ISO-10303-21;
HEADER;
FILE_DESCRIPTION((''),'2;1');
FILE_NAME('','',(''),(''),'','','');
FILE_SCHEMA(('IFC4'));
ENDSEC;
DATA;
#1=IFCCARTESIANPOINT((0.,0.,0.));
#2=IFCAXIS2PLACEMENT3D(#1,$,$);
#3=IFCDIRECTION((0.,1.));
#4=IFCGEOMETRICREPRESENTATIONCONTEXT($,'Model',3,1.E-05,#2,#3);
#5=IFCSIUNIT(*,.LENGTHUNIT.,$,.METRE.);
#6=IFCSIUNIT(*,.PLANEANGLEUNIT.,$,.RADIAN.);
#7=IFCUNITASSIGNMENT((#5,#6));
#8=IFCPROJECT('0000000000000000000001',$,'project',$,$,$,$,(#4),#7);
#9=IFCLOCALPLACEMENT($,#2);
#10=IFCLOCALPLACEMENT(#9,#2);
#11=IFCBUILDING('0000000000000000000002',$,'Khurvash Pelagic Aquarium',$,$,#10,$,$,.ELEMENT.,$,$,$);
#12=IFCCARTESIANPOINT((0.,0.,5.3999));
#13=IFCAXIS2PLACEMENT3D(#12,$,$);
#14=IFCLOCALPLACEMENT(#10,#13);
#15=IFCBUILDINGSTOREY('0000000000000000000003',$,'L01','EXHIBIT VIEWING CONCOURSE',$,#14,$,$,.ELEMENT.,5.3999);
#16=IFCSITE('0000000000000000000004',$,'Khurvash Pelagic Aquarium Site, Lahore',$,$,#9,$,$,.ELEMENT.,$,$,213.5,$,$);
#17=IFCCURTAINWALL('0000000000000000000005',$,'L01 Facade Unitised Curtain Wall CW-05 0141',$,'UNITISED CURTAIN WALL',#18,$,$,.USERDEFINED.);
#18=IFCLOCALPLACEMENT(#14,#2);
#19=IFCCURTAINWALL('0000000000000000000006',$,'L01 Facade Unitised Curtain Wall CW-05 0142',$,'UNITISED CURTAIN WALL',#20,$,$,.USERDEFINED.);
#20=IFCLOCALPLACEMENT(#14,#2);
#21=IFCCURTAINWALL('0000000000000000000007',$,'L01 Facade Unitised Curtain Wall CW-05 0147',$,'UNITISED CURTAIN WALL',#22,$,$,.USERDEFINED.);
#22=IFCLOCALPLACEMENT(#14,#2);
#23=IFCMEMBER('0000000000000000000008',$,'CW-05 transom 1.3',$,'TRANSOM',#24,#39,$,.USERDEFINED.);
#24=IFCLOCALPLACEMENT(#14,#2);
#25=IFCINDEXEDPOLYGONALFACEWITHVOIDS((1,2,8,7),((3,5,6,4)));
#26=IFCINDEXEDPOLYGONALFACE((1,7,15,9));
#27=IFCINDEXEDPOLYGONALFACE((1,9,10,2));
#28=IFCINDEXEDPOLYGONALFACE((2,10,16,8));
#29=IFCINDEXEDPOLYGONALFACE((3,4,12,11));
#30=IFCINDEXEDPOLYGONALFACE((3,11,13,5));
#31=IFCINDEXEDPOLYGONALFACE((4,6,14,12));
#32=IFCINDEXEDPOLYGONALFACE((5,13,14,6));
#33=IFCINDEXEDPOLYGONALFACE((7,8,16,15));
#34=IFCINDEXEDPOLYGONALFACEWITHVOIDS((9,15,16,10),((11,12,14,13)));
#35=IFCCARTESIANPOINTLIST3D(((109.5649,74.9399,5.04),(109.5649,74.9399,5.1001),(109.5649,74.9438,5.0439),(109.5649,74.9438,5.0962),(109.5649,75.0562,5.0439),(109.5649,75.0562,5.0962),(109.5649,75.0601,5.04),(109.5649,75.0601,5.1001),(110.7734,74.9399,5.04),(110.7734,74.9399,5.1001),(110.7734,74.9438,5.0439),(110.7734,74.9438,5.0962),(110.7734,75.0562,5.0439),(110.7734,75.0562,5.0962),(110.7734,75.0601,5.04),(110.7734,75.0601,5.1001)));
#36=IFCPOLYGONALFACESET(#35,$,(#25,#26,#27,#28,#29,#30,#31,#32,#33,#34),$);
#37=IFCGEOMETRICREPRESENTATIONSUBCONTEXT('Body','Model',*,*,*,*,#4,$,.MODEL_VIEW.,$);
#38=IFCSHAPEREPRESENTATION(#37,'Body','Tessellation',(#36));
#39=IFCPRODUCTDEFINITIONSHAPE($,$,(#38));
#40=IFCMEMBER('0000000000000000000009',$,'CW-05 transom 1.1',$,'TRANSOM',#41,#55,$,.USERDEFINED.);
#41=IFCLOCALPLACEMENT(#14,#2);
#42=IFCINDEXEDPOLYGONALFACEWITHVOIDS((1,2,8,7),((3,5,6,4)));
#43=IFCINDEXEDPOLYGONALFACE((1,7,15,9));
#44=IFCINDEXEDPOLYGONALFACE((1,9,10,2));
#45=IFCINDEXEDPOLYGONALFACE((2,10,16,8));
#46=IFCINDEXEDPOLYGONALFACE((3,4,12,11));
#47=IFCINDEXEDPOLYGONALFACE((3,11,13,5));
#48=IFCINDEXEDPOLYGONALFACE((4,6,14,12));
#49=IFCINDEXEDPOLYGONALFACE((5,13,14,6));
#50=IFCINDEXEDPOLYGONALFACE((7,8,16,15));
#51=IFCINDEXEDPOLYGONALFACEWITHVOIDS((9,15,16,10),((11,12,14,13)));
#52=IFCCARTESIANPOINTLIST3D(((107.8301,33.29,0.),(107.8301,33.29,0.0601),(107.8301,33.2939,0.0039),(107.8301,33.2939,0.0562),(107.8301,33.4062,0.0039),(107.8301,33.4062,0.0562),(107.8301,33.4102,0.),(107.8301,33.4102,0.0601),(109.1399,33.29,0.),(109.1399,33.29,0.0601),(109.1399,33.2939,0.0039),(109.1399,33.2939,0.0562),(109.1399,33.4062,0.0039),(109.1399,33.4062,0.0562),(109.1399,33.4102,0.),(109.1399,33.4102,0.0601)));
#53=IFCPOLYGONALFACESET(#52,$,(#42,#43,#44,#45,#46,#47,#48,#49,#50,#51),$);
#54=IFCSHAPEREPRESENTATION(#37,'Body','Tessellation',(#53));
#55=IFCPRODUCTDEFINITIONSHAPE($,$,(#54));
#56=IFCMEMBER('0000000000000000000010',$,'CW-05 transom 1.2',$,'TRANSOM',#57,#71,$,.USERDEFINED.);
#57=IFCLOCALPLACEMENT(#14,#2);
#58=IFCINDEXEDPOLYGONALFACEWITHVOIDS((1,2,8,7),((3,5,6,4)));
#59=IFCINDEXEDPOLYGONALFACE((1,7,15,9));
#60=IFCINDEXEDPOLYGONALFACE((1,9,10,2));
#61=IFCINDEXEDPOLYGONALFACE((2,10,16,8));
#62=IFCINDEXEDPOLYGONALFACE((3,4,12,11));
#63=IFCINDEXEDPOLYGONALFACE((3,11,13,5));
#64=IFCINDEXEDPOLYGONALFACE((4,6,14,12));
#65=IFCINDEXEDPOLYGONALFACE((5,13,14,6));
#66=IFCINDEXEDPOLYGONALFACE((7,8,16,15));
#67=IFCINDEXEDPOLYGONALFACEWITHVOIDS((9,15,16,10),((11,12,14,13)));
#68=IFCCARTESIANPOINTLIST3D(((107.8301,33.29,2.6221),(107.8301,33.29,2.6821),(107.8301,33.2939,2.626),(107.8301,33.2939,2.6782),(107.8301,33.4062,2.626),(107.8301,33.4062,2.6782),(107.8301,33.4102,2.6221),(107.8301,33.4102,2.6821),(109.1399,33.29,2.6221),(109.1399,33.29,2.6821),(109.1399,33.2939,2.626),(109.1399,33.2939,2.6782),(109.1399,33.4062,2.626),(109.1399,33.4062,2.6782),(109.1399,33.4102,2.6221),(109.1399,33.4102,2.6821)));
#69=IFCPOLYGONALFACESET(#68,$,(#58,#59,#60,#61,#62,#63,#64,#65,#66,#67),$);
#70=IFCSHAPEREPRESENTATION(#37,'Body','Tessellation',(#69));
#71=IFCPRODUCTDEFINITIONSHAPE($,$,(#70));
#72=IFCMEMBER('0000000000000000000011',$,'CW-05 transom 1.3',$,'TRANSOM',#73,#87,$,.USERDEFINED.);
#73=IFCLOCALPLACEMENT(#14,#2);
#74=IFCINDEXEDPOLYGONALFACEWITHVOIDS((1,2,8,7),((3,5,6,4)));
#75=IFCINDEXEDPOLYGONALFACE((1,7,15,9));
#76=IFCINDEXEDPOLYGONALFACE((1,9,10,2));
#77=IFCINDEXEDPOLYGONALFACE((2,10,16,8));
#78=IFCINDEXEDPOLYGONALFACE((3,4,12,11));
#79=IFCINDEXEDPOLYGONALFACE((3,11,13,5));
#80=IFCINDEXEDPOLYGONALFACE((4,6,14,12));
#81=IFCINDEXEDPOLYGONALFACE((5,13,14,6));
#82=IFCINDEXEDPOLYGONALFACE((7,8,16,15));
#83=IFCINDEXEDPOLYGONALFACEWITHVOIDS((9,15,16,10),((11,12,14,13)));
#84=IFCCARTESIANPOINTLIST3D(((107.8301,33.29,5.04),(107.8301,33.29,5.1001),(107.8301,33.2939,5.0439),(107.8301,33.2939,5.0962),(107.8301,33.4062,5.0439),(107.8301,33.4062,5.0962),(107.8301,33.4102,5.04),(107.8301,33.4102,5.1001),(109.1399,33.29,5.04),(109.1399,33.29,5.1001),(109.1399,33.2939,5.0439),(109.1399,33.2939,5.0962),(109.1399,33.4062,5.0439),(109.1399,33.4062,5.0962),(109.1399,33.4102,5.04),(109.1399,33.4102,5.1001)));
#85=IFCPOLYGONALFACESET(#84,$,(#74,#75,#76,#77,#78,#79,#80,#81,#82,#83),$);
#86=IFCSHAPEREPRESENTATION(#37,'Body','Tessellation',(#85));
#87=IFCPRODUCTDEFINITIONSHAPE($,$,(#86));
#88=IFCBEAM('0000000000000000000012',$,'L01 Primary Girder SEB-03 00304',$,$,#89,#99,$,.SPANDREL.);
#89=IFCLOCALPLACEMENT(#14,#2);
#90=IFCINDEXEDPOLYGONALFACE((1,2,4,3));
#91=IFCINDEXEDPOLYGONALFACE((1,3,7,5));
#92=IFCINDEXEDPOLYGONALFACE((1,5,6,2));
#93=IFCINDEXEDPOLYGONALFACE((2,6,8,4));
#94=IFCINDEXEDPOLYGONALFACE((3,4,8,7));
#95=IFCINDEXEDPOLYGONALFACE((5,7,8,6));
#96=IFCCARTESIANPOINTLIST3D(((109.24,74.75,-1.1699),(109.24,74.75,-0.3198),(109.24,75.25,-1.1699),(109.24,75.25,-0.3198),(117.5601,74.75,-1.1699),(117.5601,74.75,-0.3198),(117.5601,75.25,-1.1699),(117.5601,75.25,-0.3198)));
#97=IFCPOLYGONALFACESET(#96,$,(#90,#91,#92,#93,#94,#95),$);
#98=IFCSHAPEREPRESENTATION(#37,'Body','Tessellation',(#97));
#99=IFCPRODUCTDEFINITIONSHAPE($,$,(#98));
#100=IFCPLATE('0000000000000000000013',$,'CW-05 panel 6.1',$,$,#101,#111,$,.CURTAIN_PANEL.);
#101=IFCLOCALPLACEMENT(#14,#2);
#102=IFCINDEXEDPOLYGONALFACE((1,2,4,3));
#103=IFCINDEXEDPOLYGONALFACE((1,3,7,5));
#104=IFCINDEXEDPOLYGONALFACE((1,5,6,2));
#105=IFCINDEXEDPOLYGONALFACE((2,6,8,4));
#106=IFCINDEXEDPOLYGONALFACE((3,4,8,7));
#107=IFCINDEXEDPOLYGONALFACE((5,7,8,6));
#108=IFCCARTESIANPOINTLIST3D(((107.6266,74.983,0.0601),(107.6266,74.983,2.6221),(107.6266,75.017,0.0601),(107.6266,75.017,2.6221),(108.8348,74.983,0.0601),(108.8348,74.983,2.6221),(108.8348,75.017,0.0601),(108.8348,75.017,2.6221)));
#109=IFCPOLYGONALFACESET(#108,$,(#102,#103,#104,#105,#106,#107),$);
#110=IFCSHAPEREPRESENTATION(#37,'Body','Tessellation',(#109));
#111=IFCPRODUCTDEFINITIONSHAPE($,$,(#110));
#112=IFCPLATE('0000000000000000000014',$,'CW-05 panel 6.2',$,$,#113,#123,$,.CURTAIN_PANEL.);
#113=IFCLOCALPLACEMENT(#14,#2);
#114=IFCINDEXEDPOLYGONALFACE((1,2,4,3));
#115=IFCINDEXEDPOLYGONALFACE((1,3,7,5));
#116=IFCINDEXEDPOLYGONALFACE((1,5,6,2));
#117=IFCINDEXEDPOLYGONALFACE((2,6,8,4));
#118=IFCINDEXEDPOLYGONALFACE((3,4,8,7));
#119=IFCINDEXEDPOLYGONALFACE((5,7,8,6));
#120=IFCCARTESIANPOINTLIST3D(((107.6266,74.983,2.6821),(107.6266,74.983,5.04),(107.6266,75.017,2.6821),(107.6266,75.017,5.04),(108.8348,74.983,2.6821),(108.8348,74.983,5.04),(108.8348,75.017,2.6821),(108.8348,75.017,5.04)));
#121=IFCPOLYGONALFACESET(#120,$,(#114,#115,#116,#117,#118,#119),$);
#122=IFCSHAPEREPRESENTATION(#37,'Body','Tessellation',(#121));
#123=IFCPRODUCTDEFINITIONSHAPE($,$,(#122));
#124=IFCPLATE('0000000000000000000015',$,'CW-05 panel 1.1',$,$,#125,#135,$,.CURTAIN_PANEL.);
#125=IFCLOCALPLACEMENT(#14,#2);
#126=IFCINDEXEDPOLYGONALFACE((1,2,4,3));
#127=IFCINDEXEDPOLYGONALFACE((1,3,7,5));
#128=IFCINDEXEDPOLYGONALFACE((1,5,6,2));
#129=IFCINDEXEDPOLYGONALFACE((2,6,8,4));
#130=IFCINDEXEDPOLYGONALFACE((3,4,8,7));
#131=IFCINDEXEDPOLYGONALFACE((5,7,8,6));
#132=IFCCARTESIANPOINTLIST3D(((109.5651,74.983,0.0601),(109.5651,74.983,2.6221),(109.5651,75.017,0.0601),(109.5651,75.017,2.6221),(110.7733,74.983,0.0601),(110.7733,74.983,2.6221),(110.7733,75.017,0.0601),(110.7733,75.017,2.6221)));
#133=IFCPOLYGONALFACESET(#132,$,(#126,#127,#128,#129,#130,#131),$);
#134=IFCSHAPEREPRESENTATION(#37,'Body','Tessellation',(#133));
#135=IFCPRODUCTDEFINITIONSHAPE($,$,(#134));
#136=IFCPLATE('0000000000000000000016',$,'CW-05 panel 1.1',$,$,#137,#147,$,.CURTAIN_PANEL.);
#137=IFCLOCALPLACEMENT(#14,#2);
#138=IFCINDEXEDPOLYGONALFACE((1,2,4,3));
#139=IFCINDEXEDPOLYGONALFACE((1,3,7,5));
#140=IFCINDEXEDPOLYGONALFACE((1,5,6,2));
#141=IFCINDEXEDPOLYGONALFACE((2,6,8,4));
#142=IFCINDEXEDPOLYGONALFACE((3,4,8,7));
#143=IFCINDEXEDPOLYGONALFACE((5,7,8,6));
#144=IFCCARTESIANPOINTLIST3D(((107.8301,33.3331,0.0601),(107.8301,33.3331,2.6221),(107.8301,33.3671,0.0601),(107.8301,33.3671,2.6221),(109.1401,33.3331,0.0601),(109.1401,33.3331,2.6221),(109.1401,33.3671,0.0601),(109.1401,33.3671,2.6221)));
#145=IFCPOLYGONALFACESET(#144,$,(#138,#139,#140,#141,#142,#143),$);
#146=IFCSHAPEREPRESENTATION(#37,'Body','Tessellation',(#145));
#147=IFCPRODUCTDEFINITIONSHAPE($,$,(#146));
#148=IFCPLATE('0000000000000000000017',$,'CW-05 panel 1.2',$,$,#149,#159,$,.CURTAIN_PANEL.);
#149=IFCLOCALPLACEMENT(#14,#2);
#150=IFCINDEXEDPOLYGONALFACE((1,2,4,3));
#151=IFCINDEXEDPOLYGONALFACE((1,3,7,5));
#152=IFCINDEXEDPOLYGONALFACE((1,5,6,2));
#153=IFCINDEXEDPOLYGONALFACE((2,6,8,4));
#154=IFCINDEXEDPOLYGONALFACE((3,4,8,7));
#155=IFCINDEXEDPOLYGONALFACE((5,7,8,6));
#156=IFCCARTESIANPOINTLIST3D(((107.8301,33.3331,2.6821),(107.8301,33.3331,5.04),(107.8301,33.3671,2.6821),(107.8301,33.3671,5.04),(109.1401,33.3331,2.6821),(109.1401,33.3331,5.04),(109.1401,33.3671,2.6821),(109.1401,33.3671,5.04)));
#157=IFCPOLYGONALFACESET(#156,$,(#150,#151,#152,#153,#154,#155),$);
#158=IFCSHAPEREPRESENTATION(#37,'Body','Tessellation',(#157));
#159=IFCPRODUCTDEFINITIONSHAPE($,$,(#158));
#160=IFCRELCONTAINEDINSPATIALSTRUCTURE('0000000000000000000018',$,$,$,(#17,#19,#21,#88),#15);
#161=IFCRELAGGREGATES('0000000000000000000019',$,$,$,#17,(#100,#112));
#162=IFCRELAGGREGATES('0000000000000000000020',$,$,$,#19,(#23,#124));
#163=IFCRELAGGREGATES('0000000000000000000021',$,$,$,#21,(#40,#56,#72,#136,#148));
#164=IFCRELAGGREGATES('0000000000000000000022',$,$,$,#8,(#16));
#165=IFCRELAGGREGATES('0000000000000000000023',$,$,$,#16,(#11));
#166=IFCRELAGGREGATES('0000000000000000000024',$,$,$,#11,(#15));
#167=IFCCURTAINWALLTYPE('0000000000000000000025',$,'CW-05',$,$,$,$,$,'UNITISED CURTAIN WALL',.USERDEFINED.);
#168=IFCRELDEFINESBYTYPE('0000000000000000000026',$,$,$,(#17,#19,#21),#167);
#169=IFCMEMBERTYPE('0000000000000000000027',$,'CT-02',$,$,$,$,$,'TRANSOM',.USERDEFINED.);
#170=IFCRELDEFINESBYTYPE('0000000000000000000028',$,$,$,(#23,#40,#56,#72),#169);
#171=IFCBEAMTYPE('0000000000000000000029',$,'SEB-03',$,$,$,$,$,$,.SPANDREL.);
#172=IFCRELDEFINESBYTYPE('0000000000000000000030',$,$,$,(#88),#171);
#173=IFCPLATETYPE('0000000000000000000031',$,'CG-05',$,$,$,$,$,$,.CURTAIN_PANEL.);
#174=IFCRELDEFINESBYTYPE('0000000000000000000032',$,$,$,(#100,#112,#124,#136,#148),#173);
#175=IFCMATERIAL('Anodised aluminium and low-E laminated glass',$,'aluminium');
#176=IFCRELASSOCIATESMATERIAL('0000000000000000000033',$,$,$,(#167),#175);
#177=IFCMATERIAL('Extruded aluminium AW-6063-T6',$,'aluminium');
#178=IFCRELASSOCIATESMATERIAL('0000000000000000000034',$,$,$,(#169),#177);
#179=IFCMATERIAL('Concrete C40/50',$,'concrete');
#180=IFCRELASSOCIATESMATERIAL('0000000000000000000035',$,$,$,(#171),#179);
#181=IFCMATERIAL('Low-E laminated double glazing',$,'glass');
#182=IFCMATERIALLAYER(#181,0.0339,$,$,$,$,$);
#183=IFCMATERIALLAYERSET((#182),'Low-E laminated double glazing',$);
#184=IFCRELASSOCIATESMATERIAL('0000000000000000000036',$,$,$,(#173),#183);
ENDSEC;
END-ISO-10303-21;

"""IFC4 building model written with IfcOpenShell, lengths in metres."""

from ifc_helpers import new_model, si_unit, direction, frame, origin, origin_2d, place, context, subcontext, project, spatial, rectangle, hollow_rectangle, extrude, material, layer, layer_set, material_profile, profile_set, type_object, element, aggregate, save


model = new_model("IFC4")

# Units and contexts
model_context = context("Model", 3, precision=1e-05, world=origin(), true_north=direction((0.0, 1.0)))
body_context = subcontext(model_context, "Body", "Model", "MODEL_VIEW")
ifc_project = project(units=[si_unit("LENGTHUNIT", "METRE"), si_unit("PLANEANGLEUNIT", "RADIAN")], contexts=[model_context])

# Site, building, storey
site_placement = place(None, origin())
site = spatial("IfcSite", under=ifc_project, at=site_placement, Name="Khurvash Pelagic Aquarium Site, Lahore", CompositionType="ELEMENT", RefElevation=213.5)
building_placement = place(site_placement, origin())
building = spatial("IfcBuilding", under=site, at=building_placement, Name="Khurvash Pelagic Aquarium", CompositionType="ELEMENT")
storey_placement = place(building_placement, frame((0.0, 0.0, 5.3999)))
storey = spatial("IfcBuildingStorey", under=building, at=storey_placement, Name="L01", Description="EXHIBIT VIEWING CONCOURSE", CompositionType="ELEMENT", Elevation=5.3999)

# Shared definitions
ifc_material_1 = material(Name="Concrete C40/50", Category="concrete")

# Curtain wall
ifc_material_2 = material(Name="Anodised aluminium and low-E laminated glass", Category="aluminium")
curtain_wall_type = type_object("IfcCurtainWallType", Name="CW-05", ElementType="UNITISED CURTAIN WALL", PredefinedType="USERDEFINED", material=ifc_material_2)
curtain_wall_1_placement = place(storey_placement, origin())
curtain_wall_1 = element("IfcCurtainWall", 1, at=curtain_wall_1_placement, inside=storey, type_object=curtain_wall_type, Name="L01 Facade Unitised Curtain Wall CW-05 0141", ObjectType="UNITISED CURTAIN WALL", PredefinedType="USERDEFINED")
ifc_material_3 = material(Name="Extruded aluminium AW-6063-T6", Category="aluminium")

# Curtain wall
curtain_wall_2_placement = place(storey_placement, origin())
curtain_wall_2 = element("IfcCurtainWall", 2, at=curtain_wall_2_placement, inside=storey, type_object=curtain_wall_type, Name="L01 Facade Unitised Curtain Wall CW-05 0142", ObjectType="UNITISED CURTAIN WALL", PredefinedType="USERDEFINED")

# Curtain wall
curtain_wall_3_placement = place(storey_placement, origin())
curtain_wall_3 = element("IfcCurtainWall", 3, at=curtain_wall_3_placement, inside=storey, type_object=curtain_wall_type, Name="L01 Facade Unitised Curtain Wall CW-05 0147", ObjectType="UNITISED CURTAIN WALL", PredefinedType="USERDEFINED")

# Members
ifc_material_profile_1 = material_profile(ifc_material_3, hollow_rectangle(XDim=0.1201, YDim=0.0601, WallThickness=0.0039, at=origin_2d()), Name="CWT120X60X4")
ifc_profile_set_1 = profile_set([ifc_material_profile_1], Name="Extruded aluminium AW-6063-T6")
member_type_1 = type_object("IfcMemberType", Name="CT-02", ElementType="TRANSOM", PredefinedType="USERDEFINED", material=ifc_profile_set_1)
member_1_placement = place(storey_placement, frame((109.5649, 75.0, 5.0701), z_axis=(1.0, 0.0, 0.0), x_axis=(0.0, 1.0, 0.0)))
member_1 = element("IfcMember", 4, at=member_1_placement, type_object=member_type_1, Name="CW-05 transom 1.3", ObjectType="TRANSOM", PredefinedType="USERDEFINED", context=body_context, shape_type="SweptSolid", body=[
    extrude(hollow_rectangle(XDim=0.1201, YDim=0.0601, WallThickness=0.0039, at=origin_2d()), origin(), (0.0, 0.0, 1.0), 1.2085),
])
member_2_placement = place(storey_placement, frame((109.1399, 33.3501, 0.03), z_axis=(-1.0, 0.0, 0.0), x_axis=(0.0, -1.0, 0.0)))
member_2 = element("IfcMember", 5, at=member_2_placement, type_object=member_type_1, Name="CW-05 transom 1.1", ObjectType="TRANSOM", PredefinedType="USERDEFINED", context=body_context, shape_type="SweptSolid", body=[
    extrude(hollow_rectangle(XDim=0.1201, YDim=0.0601, WallThickness=0.0039, at=origin_2d()), origin(), (0.0, 0.0, 1.0), 1.3098),
])
member_3_placement = place(storey_placement, frame((109.1399, 33.3501, 2.6521), z_axis=(-1.0, 0.0, 0.0), x_axis=(0.0, -1.0, 0.0)))
member_3 = element("IfcMember", 6, at=member_3_placement, type_object=member_type_1, Name="CW-05 transom 1.2", ObjectType="TRANSOM", PredefinedType="USERDEFINED", context=body_context, shape_type="SweptSolid", body=[
    extrude(hollow_rectangle(XDim=0.1201, YDim=0.0601, WallThickness=0.0039, at=origin_2d()), origin(), (0.0, 0.0, 1.0), 1.3098),
])
member_4_placement = place(storey_placement, frame((109.1399, 33.3501, 5.0701), z_axis=(-1.0, 0.0, 0.0), x_axis=(0.0, -1.0, 0.0)))
member_4 = element("IfcMember", 7, at=member_4_placement, type_object=member_type_1, Name="CW-05 transom 1.3", ObjectType="TRANSOM", PredefinedType="USERDEFINED", context=body_context, shape_type="SweptSolid", body=[
    extrude(hollow_rectangle(XDim=0.1201, YDim=0.0601, WallThickness=0.0039, at=origin_2d()), origin(), (0.0, 0.0, 1.0), 1.3098),
])

# Beam
ifc_material_profile_2 = material_profile(ifc_material_1, rectangle(XDim=0.5, YDim=0.8501, at=origin_2d()), Name="RC500X850")
ifc_profile_set_2 = profile_set([ifc_material_profile_2], Name="Concrete C40/50")
beam_type = type_object("IfcBeamType", Name="SEB-03", PredefinedType="SPANDREL", material=ifc_profile_set_2)
beam_placement = place(storey_placement, frame((109.24, 75.0, -0.7449), z_axis=(1.0, 0.0, 0.0), x_axis=(0.0, 1.0, 0.0)))
element("IfcBeam", 8, at=beam_placement, inside=storey, type_object=beam_type, Name="L01 Primary Girder SEB-03 00304", PredefinedType="SPANDREL", context=body_context, shape_type="SweptSolid", body=[
    extrude(rectangle(XDim=0.5, YDim=0.8501, at=origin_2d()), origin(), (0.0, 0.0, 1.0), 8.3201),
])

# Plates
ifc_material_4 = material(Name="Low-E laminated double glazing", Category="glass")
ifc_layer = layer(ifc_material_4, 0.0339)
ifc_layer_set = layer_set([ifc_layer], Name="Low-E laminated double glazing")
plate_type = type_object("IfcPlateType", Name="CG-05", PredefinedType="CURTAIN_PANEL", material=ifc_layer_set)
plate_1_placement = place(storey_placement, frame((108.2307, 75.0, 0.0601), z_axis=(0.0, 0.0, 1.0), x_axis=(1.0, 0.0, 0.0)))
plate_1 = element("IfcPlate", 9, at=plate_1_placement, type_object=plate_type, Name="CW-05 panel 6.1", PredefinedType="CURTAIN_PANEL", context=body_context, shape_type="SweptSolid", body=[
    extrude(rectangle(XDim=1.2083, YDim=0.0339, at=origin_2d()), origin(), (0.0, 0.0, 1.0), 2.562),
])
plate_2_placement = place(storey_placement, frame((108.2307, 75.0, 2.6821), z_axis=(0.0, 0.0, 1.0), x_axis=(1.0, 0.0, 0.0)))
plate_2 = element("IfcPlate", 10, at=plate_2_placement, type_object=plate_type, Name="CW-05 panel 6.2", PredefinedType="CURTAIN_PANEL", context=body_context, shape_type="SweptSolid", body=[
    extrude(rectangle(XDim=1.2083, YDim=0.0339, at=origin_2d()), origin(), (0.0, 0.0, 1.0), 2.3579),
])
aggregate(curtain_wall_1, [plate_1, plate_2])
plate_3_placement = place(storey_placement, frame((110.1692, 75.0, 0.0601), z_axis=(0.0, 0.0, 1.0), x_axis=(1.0, 0.0, 0.0)))
plate_3 = element("IfcPlate", 11, at=plate_3_placement, type_object=plate_type, Name="CW-05 panel 1.1", PredefinedType="CURTAIN_PANEL", context=body_context, shape_type="SweptSolid", body=[
    extrude(rectangle(XDim=1.2083, YDim=0.0339, at=origin_2d()), origin(), (0.0, 0.0, 1.0), 2.562),
])
aggregate(curtain_wall_2, [member_1, plate_3])
plate_4_placement = place(storey_placement, frame((108.4851, 33.3501, 0.0601), z_axis=(0.0, 0.0, 1.0), x_axis=(-1.0, 0.0, 0.0)))
plate_4 = element("IfcPlate", 12, at=plate_4_placement, type_object=plate_type, Name="CW-05 panel 1.1", PredefinedType="CURTAIN_PANEL", context=body_context, shape_type="SweptSolid", body=[
    extrude(rectangle(XDim=1.3101, YDim=0.0339, at=origin_2d()), origin(), (0.0, 0.0, 1.0), 2.562),
])
plate_5_placement = place(storey_placement, frame((108.4851, 33.3501, 2.6821), z_axis=(0.0, 0.0, 1.0), x_axis=(-1.0, 0.0, 0.0)))
plate_5 = element("IfcPlate", 13, at=plate_5_placement, type_object=plate_type, Name="CW-05 panel 1.2", PredefinedType="CURTAIN_PANEL", context=body_context, shape_type="SweptSolid", body=[
    extrude(rectangle(XDim=1.3101, YDim=0.0339, at=origin_2d()), origin(), (0.0, 0.0, 1.0), 2.3579),
])
aggregate(curtain_wall_3, [member_2, member_3, member_4, plate_4, plate_5])

save(model, "model.ifc")
